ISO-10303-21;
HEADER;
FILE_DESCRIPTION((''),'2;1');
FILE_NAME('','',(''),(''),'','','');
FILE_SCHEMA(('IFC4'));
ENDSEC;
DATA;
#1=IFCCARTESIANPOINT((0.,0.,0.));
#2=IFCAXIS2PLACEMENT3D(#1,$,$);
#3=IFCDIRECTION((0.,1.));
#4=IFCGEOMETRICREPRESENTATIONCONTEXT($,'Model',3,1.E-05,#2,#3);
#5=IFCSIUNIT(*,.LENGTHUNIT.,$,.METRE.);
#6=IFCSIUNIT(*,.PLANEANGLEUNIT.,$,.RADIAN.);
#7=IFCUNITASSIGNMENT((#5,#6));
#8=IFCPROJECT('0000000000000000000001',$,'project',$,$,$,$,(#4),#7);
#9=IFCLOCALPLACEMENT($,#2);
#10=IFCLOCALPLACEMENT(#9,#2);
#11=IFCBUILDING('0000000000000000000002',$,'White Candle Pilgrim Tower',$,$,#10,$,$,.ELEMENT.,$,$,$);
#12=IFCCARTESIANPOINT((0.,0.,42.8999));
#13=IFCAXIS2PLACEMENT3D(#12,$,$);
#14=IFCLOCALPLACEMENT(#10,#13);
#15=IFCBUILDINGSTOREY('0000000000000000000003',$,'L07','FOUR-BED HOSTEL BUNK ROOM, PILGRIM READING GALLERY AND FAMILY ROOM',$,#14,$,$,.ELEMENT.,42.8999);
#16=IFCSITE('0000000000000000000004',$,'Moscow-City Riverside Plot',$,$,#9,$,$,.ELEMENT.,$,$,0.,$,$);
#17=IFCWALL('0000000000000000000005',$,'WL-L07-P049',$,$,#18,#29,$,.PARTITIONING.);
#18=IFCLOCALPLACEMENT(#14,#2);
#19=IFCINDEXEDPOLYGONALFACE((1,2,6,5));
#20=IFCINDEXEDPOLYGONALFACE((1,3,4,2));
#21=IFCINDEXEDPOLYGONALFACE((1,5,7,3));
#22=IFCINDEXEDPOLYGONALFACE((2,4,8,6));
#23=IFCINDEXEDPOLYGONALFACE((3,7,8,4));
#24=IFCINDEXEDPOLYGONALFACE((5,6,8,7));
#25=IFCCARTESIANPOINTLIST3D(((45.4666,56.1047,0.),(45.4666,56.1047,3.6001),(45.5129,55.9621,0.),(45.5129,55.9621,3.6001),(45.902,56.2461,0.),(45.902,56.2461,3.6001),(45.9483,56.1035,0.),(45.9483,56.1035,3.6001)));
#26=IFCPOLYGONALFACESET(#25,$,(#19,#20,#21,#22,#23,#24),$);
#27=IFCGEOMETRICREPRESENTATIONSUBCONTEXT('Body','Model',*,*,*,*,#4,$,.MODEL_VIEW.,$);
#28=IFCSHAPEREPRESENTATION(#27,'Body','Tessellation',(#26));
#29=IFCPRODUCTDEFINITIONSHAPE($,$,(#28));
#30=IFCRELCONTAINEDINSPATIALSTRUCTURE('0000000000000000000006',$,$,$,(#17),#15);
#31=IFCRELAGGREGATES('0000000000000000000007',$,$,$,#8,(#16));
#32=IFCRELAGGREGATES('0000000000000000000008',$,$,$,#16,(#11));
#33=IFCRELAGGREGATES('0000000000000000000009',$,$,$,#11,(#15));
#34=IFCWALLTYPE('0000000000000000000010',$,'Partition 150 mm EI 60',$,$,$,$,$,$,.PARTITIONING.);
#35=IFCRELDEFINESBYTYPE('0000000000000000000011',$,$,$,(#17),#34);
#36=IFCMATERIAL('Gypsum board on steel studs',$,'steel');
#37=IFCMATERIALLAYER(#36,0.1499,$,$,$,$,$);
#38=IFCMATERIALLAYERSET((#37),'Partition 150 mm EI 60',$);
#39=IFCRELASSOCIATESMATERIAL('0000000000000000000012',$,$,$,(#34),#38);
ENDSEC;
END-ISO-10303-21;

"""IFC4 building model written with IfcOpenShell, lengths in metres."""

from ifc_helpers import new_model, si_unit, direction, frame, frame_2d, origin, place, context, subcontext, project, spatial, rectangle, extrude, material, layer, layer_set, type_object, element, save


model = new_model("IFC4")

# Units and contexts
model_context = context("Model", 3, precision=1e-05, world=origin(), true_north=direction((0.0, 1.0)))
body_context = subcontext(model_context, "Body", "Model", "MODEL_VIEW")
ifc_project = project(units=[si_unit("LENGTHUNIT", "METRE"), si_unit("PLANEANGLEUNIT", "RADIAN")], contexts=[model_context])

# Site, building, storey
site_placement = place(None, origin())
site = spatial("IfcSite", under=ifc_project, at=site_placement, Name="Moscow-City Riverside Plot", CompositionType="ELEMENT", RefElevation=0.0)
building_placement = place(site_placement, origin())
building = spatial("IfcBuilding", under=site, at=building_placement, Name="White Candle Pilgrim Tower", CompositionType="ELEMENT")
storey_placement = place(building_placement, frame((0.0, 0.0, 42.8999)))
storey = spatial("IfcBuildingStorey", under=building, at=storey_placement, Name="L07", Description="FOUR-BED HOSTEL BUNK ROOM, PILGRIM READING GALLERY AND FAMILY ROOM", CompositionType="ELEMENT", Elevation=42.8999)

# Wall
ifc_material_1 = material(Name="Gypsum board on steel studs", Category="steel")
ifc_layer_1 = layer(ifc_material_1, 0.1499)
ifc_layer_set_1 = layer_set([ifc_layer_1], Name="Partition 150 mm EI 60")
wall_type_1 = type_object("IfcWallType", Name="Partition 150 mm EI 60", PredefinedType="PARTITIONING", material=ifc_layer_set_1)
wall_1_placement = place(storey_placement, frame((45.9253, 56.1748, 0.0), z_axis=(0.0, 0.0, 1.0), x_axis=(-0.951109, -0.308857, 0.0)))
element("IfcWall", 1, at=wall_1_placement, inside=storey, type_object=wall_type_1, Name="WL-L07-P049", PredefinedType="PARTITIONING", context=body_context, shape_type="SweptSolid", body=[
    extrude(rectangle(XDim=0.4578, YDim=0.1499, at=frame_2d((0.229, 0.0))), origin(), (0.0, 0.0, 1.0), 3.6001),
])

save(model, "model.ifc")
